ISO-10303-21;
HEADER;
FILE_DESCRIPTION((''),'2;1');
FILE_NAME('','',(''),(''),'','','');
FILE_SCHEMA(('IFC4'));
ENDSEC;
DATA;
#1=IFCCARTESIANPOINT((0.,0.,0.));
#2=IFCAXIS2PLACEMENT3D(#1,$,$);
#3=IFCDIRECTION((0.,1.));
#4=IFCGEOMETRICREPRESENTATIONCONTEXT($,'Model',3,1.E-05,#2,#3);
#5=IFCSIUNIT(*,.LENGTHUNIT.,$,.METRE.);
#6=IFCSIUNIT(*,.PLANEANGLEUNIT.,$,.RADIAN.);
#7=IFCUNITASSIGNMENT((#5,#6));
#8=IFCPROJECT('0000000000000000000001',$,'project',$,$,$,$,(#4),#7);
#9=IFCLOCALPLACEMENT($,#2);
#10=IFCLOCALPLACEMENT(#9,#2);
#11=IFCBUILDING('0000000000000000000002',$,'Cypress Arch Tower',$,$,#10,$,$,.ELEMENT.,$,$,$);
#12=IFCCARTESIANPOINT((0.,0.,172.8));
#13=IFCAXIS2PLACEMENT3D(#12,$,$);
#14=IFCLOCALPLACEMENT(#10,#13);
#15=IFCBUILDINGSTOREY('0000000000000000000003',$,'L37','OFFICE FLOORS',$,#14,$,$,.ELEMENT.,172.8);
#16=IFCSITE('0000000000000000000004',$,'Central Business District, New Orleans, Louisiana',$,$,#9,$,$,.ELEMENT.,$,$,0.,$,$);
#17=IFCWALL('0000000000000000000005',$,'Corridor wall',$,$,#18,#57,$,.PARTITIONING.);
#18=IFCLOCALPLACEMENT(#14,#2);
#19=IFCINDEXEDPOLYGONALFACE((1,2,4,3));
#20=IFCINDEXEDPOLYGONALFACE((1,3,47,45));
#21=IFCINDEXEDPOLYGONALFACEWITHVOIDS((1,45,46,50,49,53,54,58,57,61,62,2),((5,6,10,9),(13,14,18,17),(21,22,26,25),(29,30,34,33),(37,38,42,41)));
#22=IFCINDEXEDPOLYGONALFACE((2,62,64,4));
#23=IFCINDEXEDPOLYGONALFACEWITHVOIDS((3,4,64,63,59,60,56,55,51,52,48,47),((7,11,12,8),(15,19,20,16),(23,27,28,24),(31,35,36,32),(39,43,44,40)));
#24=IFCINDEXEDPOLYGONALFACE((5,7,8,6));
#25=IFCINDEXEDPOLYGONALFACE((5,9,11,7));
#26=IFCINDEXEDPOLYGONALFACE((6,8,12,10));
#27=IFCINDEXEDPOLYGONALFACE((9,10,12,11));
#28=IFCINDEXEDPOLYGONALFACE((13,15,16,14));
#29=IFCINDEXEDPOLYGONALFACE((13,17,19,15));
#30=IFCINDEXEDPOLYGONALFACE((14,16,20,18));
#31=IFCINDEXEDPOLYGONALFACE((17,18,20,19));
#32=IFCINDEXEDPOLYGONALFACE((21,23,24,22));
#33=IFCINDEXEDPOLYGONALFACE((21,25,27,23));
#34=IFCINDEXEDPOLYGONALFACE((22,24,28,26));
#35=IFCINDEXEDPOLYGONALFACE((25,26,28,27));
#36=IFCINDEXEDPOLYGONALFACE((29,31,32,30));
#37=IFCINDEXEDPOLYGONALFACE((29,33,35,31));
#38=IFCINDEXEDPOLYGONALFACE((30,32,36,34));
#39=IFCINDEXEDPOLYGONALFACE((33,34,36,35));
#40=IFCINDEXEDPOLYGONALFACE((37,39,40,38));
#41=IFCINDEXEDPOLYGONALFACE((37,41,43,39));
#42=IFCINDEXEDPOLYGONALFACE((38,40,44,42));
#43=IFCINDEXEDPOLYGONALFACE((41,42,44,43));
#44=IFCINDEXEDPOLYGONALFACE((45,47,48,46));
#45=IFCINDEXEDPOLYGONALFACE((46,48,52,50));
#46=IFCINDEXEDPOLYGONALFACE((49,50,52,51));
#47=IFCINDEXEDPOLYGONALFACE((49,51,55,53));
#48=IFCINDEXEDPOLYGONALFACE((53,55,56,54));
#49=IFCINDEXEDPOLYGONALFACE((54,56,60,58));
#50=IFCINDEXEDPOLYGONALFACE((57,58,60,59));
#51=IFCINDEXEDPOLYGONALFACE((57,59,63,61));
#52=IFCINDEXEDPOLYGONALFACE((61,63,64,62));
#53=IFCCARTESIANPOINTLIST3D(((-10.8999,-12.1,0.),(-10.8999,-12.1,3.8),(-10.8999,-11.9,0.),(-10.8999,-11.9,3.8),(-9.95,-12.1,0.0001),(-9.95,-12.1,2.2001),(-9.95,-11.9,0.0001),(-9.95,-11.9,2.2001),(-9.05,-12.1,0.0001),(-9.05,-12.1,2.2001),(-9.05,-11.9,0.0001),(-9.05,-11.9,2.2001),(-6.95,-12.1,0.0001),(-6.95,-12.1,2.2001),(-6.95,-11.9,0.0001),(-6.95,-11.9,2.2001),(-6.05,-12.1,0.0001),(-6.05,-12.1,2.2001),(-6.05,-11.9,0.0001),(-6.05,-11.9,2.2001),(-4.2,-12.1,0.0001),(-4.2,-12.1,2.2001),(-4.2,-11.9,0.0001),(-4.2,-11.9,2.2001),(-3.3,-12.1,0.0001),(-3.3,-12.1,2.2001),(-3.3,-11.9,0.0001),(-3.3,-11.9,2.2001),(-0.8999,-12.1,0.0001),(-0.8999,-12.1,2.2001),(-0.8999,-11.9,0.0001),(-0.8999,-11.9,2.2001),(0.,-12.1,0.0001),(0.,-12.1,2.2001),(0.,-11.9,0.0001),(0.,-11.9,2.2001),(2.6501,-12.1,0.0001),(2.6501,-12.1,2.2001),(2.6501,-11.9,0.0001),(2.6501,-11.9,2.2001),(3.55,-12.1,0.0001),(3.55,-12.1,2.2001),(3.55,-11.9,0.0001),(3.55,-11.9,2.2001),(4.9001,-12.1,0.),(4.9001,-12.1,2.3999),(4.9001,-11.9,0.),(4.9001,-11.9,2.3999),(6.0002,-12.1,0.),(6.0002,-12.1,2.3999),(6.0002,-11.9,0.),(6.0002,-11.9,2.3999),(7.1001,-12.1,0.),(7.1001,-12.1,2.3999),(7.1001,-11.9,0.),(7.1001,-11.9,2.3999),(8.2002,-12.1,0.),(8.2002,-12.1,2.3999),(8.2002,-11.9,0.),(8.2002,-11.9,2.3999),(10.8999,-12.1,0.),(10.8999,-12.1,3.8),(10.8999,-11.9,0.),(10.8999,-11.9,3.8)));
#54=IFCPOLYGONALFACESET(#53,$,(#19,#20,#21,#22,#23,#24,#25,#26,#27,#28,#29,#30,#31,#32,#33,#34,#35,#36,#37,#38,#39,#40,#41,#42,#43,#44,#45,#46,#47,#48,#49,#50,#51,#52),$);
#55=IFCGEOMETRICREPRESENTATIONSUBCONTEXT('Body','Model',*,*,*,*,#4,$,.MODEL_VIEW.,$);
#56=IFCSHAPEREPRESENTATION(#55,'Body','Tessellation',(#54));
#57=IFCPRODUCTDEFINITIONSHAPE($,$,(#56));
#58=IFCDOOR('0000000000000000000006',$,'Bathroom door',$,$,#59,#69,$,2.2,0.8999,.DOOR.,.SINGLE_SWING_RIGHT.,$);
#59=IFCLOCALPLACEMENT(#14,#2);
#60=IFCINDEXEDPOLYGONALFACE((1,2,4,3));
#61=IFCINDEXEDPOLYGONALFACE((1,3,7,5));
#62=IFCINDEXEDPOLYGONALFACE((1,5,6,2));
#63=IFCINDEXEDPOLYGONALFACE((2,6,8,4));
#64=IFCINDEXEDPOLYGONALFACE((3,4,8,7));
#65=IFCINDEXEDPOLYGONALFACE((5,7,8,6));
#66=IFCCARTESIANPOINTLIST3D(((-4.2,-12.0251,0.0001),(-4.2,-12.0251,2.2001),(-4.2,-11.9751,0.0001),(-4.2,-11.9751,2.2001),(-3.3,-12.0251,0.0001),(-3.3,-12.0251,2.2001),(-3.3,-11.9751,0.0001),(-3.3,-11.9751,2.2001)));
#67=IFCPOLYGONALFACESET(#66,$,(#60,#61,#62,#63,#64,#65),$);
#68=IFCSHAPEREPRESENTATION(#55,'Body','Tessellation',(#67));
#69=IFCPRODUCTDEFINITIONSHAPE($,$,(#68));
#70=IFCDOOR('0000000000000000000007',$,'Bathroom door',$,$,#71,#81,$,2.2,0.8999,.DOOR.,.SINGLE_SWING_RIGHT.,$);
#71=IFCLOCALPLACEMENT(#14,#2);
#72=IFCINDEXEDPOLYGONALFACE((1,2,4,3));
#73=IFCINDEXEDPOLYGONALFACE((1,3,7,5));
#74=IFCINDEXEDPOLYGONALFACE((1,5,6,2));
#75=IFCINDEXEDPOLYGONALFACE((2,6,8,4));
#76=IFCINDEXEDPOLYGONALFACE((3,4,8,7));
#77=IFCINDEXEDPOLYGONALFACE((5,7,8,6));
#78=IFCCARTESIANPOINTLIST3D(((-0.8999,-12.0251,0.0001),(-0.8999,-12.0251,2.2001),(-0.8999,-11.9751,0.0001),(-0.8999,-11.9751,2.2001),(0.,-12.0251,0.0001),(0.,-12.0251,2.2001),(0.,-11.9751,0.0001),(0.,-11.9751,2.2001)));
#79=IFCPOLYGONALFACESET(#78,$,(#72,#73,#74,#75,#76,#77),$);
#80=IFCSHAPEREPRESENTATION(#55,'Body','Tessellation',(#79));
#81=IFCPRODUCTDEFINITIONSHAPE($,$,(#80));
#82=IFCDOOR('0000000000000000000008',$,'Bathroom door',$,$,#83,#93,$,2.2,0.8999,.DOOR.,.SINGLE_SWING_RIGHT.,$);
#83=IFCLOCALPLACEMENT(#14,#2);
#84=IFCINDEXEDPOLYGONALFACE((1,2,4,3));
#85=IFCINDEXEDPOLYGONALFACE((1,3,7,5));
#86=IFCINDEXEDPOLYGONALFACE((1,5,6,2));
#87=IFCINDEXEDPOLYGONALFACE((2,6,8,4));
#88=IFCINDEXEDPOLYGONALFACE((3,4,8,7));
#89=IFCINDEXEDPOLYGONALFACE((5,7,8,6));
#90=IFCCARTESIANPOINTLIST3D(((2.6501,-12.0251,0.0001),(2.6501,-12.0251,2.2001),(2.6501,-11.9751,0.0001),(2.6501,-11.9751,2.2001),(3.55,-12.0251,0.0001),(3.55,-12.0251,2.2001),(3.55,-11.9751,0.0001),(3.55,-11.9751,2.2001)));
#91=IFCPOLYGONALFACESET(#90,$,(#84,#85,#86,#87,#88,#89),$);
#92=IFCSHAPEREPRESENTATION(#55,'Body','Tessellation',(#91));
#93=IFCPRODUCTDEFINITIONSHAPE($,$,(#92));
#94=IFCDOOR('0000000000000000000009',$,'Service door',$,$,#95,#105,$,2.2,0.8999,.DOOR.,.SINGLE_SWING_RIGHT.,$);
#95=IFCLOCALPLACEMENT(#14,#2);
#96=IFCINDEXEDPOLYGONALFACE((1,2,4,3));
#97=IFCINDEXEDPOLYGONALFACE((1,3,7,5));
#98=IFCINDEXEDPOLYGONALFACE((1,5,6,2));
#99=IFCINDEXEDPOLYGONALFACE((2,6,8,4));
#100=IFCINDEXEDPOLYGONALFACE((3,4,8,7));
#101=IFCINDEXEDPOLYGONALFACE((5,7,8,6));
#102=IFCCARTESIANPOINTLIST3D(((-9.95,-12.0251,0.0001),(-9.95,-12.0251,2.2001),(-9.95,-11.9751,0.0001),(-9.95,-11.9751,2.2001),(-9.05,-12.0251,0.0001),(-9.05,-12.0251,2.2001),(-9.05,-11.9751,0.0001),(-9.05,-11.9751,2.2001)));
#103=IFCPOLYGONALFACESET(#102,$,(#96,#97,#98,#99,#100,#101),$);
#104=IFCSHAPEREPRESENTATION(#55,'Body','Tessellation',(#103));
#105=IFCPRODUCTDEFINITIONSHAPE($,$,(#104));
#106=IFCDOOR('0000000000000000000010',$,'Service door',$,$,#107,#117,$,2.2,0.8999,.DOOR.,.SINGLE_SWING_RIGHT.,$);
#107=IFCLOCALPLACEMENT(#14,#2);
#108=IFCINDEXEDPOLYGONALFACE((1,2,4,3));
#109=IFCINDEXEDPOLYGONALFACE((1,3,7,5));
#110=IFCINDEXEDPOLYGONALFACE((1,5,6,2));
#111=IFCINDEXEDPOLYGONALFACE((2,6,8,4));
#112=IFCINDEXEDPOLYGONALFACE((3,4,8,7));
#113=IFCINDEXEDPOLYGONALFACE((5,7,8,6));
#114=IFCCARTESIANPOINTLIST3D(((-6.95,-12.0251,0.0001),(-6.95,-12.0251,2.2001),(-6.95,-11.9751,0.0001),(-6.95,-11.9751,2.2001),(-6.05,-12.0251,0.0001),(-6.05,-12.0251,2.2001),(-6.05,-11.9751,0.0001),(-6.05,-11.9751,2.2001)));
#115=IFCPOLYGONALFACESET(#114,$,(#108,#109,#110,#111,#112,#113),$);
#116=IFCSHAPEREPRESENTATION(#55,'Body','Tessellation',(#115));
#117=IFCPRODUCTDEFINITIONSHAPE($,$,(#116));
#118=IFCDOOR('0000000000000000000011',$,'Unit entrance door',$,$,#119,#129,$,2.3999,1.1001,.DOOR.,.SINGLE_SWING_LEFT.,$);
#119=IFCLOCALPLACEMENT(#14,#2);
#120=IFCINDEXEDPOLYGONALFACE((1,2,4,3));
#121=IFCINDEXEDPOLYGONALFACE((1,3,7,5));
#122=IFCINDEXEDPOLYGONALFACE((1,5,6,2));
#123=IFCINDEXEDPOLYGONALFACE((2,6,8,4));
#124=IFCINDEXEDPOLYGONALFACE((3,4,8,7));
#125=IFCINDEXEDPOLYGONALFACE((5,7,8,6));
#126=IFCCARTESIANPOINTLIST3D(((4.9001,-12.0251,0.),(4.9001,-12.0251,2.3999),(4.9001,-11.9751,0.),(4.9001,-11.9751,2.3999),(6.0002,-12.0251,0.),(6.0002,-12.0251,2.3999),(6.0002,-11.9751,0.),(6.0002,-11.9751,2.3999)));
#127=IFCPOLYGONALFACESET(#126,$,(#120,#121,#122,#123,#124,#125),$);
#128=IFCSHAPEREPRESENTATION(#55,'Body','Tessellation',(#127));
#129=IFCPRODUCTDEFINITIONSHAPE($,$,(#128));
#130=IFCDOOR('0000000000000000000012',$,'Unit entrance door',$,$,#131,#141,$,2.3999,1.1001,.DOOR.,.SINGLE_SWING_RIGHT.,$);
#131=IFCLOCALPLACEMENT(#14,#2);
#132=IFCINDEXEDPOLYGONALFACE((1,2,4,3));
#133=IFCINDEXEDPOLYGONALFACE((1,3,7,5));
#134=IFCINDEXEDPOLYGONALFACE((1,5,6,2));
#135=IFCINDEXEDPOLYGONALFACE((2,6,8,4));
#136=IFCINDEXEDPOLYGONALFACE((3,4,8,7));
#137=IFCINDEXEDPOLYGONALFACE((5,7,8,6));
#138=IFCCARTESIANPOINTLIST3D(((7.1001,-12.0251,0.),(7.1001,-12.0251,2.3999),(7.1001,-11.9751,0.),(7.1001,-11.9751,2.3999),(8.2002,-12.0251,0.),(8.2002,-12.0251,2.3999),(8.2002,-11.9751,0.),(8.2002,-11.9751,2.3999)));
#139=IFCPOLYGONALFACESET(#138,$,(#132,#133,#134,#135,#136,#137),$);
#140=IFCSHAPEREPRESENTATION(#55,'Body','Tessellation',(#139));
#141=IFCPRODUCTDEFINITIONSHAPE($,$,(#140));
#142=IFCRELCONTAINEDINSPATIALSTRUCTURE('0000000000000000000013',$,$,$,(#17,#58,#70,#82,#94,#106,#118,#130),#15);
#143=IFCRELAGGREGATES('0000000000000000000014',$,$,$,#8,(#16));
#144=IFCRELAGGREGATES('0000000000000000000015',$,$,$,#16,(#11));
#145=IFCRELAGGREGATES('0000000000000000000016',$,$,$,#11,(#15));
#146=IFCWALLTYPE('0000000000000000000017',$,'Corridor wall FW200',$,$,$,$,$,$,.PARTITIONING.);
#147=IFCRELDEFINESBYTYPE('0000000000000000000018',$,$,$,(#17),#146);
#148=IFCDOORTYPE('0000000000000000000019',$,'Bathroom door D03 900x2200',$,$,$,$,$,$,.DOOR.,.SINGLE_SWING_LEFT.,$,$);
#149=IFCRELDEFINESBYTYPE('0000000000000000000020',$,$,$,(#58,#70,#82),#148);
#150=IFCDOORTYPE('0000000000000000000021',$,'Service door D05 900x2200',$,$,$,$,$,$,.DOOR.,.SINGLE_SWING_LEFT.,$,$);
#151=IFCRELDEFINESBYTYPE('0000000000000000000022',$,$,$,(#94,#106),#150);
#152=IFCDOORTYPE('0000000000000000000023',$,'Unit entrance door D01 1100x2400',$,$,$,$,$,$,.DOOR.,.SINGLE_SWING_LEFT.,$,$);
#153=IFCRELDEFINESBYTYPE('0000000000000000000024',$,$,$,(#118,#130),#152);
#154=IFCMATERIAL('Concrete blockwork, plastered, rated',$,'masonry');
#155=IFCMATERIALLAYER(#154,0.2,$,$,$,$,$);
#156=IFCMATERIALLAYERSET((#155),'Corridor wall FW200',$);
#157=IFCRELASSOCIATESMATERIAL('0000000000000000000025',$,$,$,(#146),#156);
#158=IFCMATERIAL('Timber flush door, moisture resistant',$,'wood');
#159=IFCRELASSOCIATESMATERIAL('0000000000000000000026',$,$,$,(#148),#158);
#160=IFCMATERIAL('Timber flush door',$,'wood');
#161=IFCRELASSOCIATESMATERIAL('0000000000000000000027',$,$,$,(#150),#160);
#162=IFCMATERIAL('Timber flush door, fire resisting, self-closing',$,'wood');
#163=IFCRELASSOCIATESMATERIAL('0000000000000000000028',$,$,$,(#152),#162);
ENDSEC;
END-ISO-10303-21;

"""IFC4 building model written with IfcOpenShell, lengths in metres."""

from ifc_helpers import new_model, si_unit, direction, frame, frame_2d, origin, place, context, subcontext, project, spatial, rectangle, extrude, material, layer, layer_set, type_object, element, fill, save


model = new_model("IFC4")

# Units and contexts
model_context = context("Model", 3, precision=1e-05, world=origin(), true_north=direction((0.0, 1.0)))
body_context = subcontext(model_context, "Body", "Model", "MODEL_VIEW")
ifc_project = project(units=[si_unit("LENGTHUNIT", "METRE"), si_unit("PLANEANGLEUNIT", "RADIAN")], contexts=[model_context])

# Site, building, storey
site_placement = place(None, origin())
site = spatial("IfcSite", under=ifc_project, at=site_placement, Name="Central Business District, New Orleans, Louisiana", CompositionType="ELEMENT", RefElevation=0.0)
building_placement = place(site_placement, origin())
building = spatial("IfcBuilding", under=site, at=building_placement, Name="Cypress Arch Tower", CompositionType="ELEMENT")
storey_placement = place(building_placement, frame((0.0, 0.0, 172.8)))
storey = spatial("IfcBuildingStorey", under=building, at=storey_placement, Name="L37", Description="OFFICE FLOORS", CompositionType="ELEMENT", Elevation=172.8)

# Shared definitions
ifc_material_1 = material(Name="Concrete blockwork, plastered, rated", Category="masonry")
ifc_layer_1 = layer(ifc_material_1, 0.2)
ifc_layer_set_1 = layer_set([ifc_layer_1], Name="Corridor wall FW200")
wall_type_1 = type_object("IfcWallType", Name="Corridor wall FW200", PredefinedType="PARTITIONING", material=ifc_layer_set_1)

# Wall, openings, doors
wall_1_placement = place(storey_placement, frame((-10.8999, -12.0, 0.0), z_axis=(0.0, 0.0, 1.0), x_axis=(1.0, 0.0, 0.0)))
wall_1 = element("IfcWall", 1, at=wall_1_placement, inside=storey, type_object=wall_type_1, Name="Corridor wall", PredefinedType="PARTITIONING", context=body_context, shape_type="SweptSolid", body=[
    extrude(rectangle(XDim=21.7998, YDim=0.2, at=frame_2d((10.8999, 0.0))), origin(), (0.0, 0.0, 1.0), 3.8),
])
opening_1_placement = place(wall_1_placement, frame((0.95, 0.0, 0.0)))
opening_1 = element("IfcOpeningElement", 2, at=opening_1_placement, cuts=wall_1, PredefinedType="OPENING", context=body_context, shape_type="SweptSolid", body=[
    extrude(rectangle(XDim=0.8999, YDim=2.2, at=frame_2d((0.45, 1.1001))), frame((0.0, 0.1099, 0.0), z_axis=(0.0, -1.0, 0.0), x_axis=(1.0, 0.0, 0.0)), (0.0, 0.0, 1.0), 0.22),
])
opening_2_placement = place(wall_1_placement, frame((3.95, 0.0, 0.0)))
opening_2 = element("IfcOpeningElement", 3, at=opening_2_placement, cuts=wall_1, PredefinedType="OPENING", context=body_context, shape_type="SweptSolid", body=[
    extrude(rectangle(XDim=0.8999, YDim=2.2, at=frame_2d((0.45, 1.1001))), frame((0.0, 0.1099, 0.0), z_axis=(0.0, -1.0, 0.0), x_axis=(1.0, 0.0, 0.0)), (0.0, 0.0, 1.0), 0.22),
])
opening_3_placement = place(wall_1_placement, frame((6.7, 0.0, 0.0)))
opening_3 = element("IfcOpeningElement", 4, at=opening_3_placement, cuts=wall_1, PredefinedType="OPENING", context=body_context, shape_type="SweptSolid", body=[
    extrude(rectangle(XDim=0.8999, YDim=2.2, at=frame_2d((0.45, 1.1001))), frame((0.0, 0.1099, 0.0), z_axis=(0.0, -1.0, 0.0), x_axis=(1.0, 0.0, 0.0)), (0.0, 0.0, 1.0), 0.22),
])
opening_4_placement = place(wall_1_placement, frame((10.0, 0.0, 0.0)))
opening_4 = element("IfcOpeningElement", 5, at=opening_4_placement, cuts=wall_1, PredefinedType="OPENING", context=body_context, shape_type="SweptSolid", body=[
    extrude(rectangle(XDim=0.8999, YDim=2.2, at=frame_2d((0.45, 1.1001))), frame((0.0, 0.1099, 0.0), z_axis=(0.0, -1.0, 0.0), x_axis=(1.0, 0.0, 0.0)), (0.0, 0.0, 1.0), 0.22),
])
opening_5_placement = place(wall_1_placement, frame((13.55, 0.0, 0.0)))
opening_5 = element("IfcOpeningElement", 6, at=opening_5_placement, cuts=wall_1, PredefinedType="OPENING", context=body_context, shape_type="SweptSolid", body=[
    extrude(rectangle(XDim=0.8999, YDim=2.2, at=frame_2d((0.45, 1.1001))), frame((0.0, 0.1099, 0.0), z_axis=(0.0, -1.0, 0.0), x_axis=(1.0, 0.0, 0.0)), (0.0, 0.0, 1.0), 0.22),
])
opening_6_placement = place(wall_1_placement, frame((15.8, 0.0, 0.0)))
opening_6 = element("IfcOpeningElement", 7, at=opening_6_placement, cuts=wall_1, PredefinedType="OPENING", context=body_context, shape_type="SweptSolid", body=[
    extrude(rectangle(XDim=1.1001, YDim=2.3999, at=frame_2d((0.55, 1.2))), frame((0.0, 0.1099, 0.0), z_axis=(0.0, -1.0, 0.0), x_axis=(1.0, 0.0, 0.0)), (0.0, 0.0, 1.0), 0.22),
])
opening_7_placement = place(wall_1_placement, frame((18.0, 0.0, 0.0)))
opening_7 = element("IfcOpeningElement", 8, at=opening_7_placement, cuts=wall_1, PredefinedType="OPENING", context=body_context, shape_type="SweptSolid", body=[
    extrude(rectangle(XDim=1.1001, YDim=2.3999, at=frame_2d((0.55, 1.2))), frame((0.0, 0.1099, 0.0), z_axis=(0.0, -1.0, 0.0), x_axis=(1.0, 0.0, 0.0)), (0.0, 0.0, 1.0), 0.22),
])
ifc_material_2 = material(Name="Timber flush door, moisture resistant", Category="wood")
door_type_1 = type_object("IfcDoorType", Name="Bathroom door D03 900x2200", OperationType="SINGLE_SWING_LEFT", PredefinedType="DOOR", material=ifc_material_2)
door_1_placement = place(opening_3_placement, origin())
door_1 = element("IfcDoor", 9, at=door_1_placement, inside=storey, type_object=door_type_1, Name="Bathroom door", OperationType="SINGLE_SWING_RIGHT", OverallHeight=2.2, OverallWidth=0.8999, PredefinedType="DOOR", context=body_context, shape_type="SweptSolid", body=[
    extrude(rectangle(XDim=0.8999, YDim=2.2, at=frame_2d((0.45, 1.1001))), frame((0.0, 0.0249, 0.0), z_axis=(0.0, -1.0, 0.0), x_axis=(1.0, 0.0, 0.0)), (0.0, 0.0, 1.0), 0.05),
])
fill(opening_3, door_1)
door_2_placement = place(opening_4_placement, origin())
door_2 = element("IfcDoor", 10, at=door_2_placement, inside=storey, type_object=door_type_1, Name="Bathroom door", OperationType="SINGLE_SWING_RIGHT", OverallHeight=2.2, OverallWidth=0.8999, PredefinedType="DOOR", context=body_context, shape_type="SweptSolid", body=[
    extrude(rectangle(XDim=0.8999, YDim=2.2, at=frame_2d((0.45, 1.1001))), frame((0.0, 0.0249, 0.0), z_axis=(0.0, -1.0, 0.0), x_axis=(1.0, 0.0, 0.0)), (0.0, 0.0, 1.0), 0.05),
])
fill(opening_4, door_2)
door_3_placement = place(opening_5_placement, origin())
door_3 = element("IfcDoor", 11, at=door_3_placement, inside=storey, type_object=door_type_1, Name="Bathroom door", OperationType="SINGLE_SWING_RIGHT", OverallHeight=2.2, OverallWidth=0.8999, PredefinedType="DOOR", context=body_context, shape_type="SweptSolid", body=[
    extrude(rectangle(XDim=0.8999, YDim=2.2, at=frame_2d((0.45, 1.1001))), frame((0.0, 0.0249, 0.0), z_axis=(0.0, -1.0, 0.0), x_axis=(1.0, 0.0, 0.0)), (0.0, 0.0, 1.0), 0.05),
])
fill(opening_5, door_3)
ifc_material_3 = material(Name="Timber flush door", Category="wood")
door_type_2 = type_object("IfcDoorType", Name="Service door D05 900x2200", OperationType="SINGLE_SWING_LEFT", PredefinedType="DOOR", material=ifc_material_3)
door_4_placement = place(opening_1_placement, origin())
door_4 = element("IfcDoor", 12, at=door_4_placement, inside=storey, type_object=door_type_2, Name="Service door", OperationType="SINGLE_SWING_RIGHT", OverallHeight=2.2, OverallWidth=0.8999, PredefinedType="DOOR", context=body_context, shape_type="SweptSolid", body=[
    extrude(rectangle(XDim=0.8999, YDim=2.2, at=frame_2d((0.45, 1.1001))), frame((0.0, 0.0249, 0.0), z_axis=(0.0, -1.0, 0.0), x_axis=(1.0, 0.0, 0.0)), (0.0, 0.0, 1.0), 0.05),
])
fill(opening_1, door_4)
door_5_placement = place(opening_2_placement, origin())
door_5 = element("IfcDoor", 13, at=door_5_placement, inside=storey, type_object=door_type_2, Name="Service door", OperationType="SINGLE_SWING_RIGHT", OverallHeight=2.2, OverallWidth=0.8999, PredefinedType="DOOR", context=body_context, shape_type="SweptSolid", body=[
    extrude(rectangle(XDim=0.8999, YDim=2.2, at=frame_2d((0.45, 1.1001))), frame((0.0, 0.0249, 0.0), z_axis=(0.0, -1.0, 0.0), x_axis=(1.0, 0.0, 0.0)), (0.0, 0.0, 1.0), 0.05),
])
fill(opening_2, door_5)
ifc_material_4 = material(Name="Timber flush door, fire resisting, self-closing", Category="wood")
door_type_3 = type_object("IfcDoorType", Name="Unit entrance door D01 1100x2400", OperationType="SINGLE_SWING_LEFT", PredefinedType="DOOR", material=ifc_material_4)
door_6_placement = place(opening_6_placement, origin())
door_6 = element("IfcDoor", 14, at=door_6_placement, inside=storey, type_object=door_type_3, Name="Unit entrance door", OperationType="SINGLE_SWING_LEFT", OverallHeight=2.3999, OverallWidth=1.1001, PredefinedType="DOOR", context=body_context, shape_type="SweptSolid", body=[
    extrude(rectangle(XDim=1.1001, YDim=2.3999, at=frame_2d((0.55, 1.2))), frame((0.0, 0.0249, 0.0), z_axis=(0.0, -1.0, 0.0), x_axis=(1.0, 0.0, 0.0)), (0.0, 0.0, 1.0), 0.05),
])
fill(opening_6, door_6)
door_7_placement = place(opening_7_placement, origin())
door_7 = element("IfcDoor", 15, at=door_7_placement, inside=storey, type_object=door_type_3, Name="Unit entrance door", OperationType="SINGLE_SWING_RIGHT", OverallHeight=2.3999, OverallWidth=1.1001, PredefinedType="DOOR", context=body_context, shape_type="SweptSolid", body=[
    extrude(rectangle(XDim=1.1001, YDim=2.3999, at=frame_2d((0.55, 1.2))), frame((0.0, 0.0249, 0.0), z_axis=(0.0, -1.0, 0.0), x_axis=(1.0, 0.0, 0.0)), (0.0, 0.0, 1.0), 0.05),
])
fill(opening_7, door_7)

save(model, "model.ifc")
